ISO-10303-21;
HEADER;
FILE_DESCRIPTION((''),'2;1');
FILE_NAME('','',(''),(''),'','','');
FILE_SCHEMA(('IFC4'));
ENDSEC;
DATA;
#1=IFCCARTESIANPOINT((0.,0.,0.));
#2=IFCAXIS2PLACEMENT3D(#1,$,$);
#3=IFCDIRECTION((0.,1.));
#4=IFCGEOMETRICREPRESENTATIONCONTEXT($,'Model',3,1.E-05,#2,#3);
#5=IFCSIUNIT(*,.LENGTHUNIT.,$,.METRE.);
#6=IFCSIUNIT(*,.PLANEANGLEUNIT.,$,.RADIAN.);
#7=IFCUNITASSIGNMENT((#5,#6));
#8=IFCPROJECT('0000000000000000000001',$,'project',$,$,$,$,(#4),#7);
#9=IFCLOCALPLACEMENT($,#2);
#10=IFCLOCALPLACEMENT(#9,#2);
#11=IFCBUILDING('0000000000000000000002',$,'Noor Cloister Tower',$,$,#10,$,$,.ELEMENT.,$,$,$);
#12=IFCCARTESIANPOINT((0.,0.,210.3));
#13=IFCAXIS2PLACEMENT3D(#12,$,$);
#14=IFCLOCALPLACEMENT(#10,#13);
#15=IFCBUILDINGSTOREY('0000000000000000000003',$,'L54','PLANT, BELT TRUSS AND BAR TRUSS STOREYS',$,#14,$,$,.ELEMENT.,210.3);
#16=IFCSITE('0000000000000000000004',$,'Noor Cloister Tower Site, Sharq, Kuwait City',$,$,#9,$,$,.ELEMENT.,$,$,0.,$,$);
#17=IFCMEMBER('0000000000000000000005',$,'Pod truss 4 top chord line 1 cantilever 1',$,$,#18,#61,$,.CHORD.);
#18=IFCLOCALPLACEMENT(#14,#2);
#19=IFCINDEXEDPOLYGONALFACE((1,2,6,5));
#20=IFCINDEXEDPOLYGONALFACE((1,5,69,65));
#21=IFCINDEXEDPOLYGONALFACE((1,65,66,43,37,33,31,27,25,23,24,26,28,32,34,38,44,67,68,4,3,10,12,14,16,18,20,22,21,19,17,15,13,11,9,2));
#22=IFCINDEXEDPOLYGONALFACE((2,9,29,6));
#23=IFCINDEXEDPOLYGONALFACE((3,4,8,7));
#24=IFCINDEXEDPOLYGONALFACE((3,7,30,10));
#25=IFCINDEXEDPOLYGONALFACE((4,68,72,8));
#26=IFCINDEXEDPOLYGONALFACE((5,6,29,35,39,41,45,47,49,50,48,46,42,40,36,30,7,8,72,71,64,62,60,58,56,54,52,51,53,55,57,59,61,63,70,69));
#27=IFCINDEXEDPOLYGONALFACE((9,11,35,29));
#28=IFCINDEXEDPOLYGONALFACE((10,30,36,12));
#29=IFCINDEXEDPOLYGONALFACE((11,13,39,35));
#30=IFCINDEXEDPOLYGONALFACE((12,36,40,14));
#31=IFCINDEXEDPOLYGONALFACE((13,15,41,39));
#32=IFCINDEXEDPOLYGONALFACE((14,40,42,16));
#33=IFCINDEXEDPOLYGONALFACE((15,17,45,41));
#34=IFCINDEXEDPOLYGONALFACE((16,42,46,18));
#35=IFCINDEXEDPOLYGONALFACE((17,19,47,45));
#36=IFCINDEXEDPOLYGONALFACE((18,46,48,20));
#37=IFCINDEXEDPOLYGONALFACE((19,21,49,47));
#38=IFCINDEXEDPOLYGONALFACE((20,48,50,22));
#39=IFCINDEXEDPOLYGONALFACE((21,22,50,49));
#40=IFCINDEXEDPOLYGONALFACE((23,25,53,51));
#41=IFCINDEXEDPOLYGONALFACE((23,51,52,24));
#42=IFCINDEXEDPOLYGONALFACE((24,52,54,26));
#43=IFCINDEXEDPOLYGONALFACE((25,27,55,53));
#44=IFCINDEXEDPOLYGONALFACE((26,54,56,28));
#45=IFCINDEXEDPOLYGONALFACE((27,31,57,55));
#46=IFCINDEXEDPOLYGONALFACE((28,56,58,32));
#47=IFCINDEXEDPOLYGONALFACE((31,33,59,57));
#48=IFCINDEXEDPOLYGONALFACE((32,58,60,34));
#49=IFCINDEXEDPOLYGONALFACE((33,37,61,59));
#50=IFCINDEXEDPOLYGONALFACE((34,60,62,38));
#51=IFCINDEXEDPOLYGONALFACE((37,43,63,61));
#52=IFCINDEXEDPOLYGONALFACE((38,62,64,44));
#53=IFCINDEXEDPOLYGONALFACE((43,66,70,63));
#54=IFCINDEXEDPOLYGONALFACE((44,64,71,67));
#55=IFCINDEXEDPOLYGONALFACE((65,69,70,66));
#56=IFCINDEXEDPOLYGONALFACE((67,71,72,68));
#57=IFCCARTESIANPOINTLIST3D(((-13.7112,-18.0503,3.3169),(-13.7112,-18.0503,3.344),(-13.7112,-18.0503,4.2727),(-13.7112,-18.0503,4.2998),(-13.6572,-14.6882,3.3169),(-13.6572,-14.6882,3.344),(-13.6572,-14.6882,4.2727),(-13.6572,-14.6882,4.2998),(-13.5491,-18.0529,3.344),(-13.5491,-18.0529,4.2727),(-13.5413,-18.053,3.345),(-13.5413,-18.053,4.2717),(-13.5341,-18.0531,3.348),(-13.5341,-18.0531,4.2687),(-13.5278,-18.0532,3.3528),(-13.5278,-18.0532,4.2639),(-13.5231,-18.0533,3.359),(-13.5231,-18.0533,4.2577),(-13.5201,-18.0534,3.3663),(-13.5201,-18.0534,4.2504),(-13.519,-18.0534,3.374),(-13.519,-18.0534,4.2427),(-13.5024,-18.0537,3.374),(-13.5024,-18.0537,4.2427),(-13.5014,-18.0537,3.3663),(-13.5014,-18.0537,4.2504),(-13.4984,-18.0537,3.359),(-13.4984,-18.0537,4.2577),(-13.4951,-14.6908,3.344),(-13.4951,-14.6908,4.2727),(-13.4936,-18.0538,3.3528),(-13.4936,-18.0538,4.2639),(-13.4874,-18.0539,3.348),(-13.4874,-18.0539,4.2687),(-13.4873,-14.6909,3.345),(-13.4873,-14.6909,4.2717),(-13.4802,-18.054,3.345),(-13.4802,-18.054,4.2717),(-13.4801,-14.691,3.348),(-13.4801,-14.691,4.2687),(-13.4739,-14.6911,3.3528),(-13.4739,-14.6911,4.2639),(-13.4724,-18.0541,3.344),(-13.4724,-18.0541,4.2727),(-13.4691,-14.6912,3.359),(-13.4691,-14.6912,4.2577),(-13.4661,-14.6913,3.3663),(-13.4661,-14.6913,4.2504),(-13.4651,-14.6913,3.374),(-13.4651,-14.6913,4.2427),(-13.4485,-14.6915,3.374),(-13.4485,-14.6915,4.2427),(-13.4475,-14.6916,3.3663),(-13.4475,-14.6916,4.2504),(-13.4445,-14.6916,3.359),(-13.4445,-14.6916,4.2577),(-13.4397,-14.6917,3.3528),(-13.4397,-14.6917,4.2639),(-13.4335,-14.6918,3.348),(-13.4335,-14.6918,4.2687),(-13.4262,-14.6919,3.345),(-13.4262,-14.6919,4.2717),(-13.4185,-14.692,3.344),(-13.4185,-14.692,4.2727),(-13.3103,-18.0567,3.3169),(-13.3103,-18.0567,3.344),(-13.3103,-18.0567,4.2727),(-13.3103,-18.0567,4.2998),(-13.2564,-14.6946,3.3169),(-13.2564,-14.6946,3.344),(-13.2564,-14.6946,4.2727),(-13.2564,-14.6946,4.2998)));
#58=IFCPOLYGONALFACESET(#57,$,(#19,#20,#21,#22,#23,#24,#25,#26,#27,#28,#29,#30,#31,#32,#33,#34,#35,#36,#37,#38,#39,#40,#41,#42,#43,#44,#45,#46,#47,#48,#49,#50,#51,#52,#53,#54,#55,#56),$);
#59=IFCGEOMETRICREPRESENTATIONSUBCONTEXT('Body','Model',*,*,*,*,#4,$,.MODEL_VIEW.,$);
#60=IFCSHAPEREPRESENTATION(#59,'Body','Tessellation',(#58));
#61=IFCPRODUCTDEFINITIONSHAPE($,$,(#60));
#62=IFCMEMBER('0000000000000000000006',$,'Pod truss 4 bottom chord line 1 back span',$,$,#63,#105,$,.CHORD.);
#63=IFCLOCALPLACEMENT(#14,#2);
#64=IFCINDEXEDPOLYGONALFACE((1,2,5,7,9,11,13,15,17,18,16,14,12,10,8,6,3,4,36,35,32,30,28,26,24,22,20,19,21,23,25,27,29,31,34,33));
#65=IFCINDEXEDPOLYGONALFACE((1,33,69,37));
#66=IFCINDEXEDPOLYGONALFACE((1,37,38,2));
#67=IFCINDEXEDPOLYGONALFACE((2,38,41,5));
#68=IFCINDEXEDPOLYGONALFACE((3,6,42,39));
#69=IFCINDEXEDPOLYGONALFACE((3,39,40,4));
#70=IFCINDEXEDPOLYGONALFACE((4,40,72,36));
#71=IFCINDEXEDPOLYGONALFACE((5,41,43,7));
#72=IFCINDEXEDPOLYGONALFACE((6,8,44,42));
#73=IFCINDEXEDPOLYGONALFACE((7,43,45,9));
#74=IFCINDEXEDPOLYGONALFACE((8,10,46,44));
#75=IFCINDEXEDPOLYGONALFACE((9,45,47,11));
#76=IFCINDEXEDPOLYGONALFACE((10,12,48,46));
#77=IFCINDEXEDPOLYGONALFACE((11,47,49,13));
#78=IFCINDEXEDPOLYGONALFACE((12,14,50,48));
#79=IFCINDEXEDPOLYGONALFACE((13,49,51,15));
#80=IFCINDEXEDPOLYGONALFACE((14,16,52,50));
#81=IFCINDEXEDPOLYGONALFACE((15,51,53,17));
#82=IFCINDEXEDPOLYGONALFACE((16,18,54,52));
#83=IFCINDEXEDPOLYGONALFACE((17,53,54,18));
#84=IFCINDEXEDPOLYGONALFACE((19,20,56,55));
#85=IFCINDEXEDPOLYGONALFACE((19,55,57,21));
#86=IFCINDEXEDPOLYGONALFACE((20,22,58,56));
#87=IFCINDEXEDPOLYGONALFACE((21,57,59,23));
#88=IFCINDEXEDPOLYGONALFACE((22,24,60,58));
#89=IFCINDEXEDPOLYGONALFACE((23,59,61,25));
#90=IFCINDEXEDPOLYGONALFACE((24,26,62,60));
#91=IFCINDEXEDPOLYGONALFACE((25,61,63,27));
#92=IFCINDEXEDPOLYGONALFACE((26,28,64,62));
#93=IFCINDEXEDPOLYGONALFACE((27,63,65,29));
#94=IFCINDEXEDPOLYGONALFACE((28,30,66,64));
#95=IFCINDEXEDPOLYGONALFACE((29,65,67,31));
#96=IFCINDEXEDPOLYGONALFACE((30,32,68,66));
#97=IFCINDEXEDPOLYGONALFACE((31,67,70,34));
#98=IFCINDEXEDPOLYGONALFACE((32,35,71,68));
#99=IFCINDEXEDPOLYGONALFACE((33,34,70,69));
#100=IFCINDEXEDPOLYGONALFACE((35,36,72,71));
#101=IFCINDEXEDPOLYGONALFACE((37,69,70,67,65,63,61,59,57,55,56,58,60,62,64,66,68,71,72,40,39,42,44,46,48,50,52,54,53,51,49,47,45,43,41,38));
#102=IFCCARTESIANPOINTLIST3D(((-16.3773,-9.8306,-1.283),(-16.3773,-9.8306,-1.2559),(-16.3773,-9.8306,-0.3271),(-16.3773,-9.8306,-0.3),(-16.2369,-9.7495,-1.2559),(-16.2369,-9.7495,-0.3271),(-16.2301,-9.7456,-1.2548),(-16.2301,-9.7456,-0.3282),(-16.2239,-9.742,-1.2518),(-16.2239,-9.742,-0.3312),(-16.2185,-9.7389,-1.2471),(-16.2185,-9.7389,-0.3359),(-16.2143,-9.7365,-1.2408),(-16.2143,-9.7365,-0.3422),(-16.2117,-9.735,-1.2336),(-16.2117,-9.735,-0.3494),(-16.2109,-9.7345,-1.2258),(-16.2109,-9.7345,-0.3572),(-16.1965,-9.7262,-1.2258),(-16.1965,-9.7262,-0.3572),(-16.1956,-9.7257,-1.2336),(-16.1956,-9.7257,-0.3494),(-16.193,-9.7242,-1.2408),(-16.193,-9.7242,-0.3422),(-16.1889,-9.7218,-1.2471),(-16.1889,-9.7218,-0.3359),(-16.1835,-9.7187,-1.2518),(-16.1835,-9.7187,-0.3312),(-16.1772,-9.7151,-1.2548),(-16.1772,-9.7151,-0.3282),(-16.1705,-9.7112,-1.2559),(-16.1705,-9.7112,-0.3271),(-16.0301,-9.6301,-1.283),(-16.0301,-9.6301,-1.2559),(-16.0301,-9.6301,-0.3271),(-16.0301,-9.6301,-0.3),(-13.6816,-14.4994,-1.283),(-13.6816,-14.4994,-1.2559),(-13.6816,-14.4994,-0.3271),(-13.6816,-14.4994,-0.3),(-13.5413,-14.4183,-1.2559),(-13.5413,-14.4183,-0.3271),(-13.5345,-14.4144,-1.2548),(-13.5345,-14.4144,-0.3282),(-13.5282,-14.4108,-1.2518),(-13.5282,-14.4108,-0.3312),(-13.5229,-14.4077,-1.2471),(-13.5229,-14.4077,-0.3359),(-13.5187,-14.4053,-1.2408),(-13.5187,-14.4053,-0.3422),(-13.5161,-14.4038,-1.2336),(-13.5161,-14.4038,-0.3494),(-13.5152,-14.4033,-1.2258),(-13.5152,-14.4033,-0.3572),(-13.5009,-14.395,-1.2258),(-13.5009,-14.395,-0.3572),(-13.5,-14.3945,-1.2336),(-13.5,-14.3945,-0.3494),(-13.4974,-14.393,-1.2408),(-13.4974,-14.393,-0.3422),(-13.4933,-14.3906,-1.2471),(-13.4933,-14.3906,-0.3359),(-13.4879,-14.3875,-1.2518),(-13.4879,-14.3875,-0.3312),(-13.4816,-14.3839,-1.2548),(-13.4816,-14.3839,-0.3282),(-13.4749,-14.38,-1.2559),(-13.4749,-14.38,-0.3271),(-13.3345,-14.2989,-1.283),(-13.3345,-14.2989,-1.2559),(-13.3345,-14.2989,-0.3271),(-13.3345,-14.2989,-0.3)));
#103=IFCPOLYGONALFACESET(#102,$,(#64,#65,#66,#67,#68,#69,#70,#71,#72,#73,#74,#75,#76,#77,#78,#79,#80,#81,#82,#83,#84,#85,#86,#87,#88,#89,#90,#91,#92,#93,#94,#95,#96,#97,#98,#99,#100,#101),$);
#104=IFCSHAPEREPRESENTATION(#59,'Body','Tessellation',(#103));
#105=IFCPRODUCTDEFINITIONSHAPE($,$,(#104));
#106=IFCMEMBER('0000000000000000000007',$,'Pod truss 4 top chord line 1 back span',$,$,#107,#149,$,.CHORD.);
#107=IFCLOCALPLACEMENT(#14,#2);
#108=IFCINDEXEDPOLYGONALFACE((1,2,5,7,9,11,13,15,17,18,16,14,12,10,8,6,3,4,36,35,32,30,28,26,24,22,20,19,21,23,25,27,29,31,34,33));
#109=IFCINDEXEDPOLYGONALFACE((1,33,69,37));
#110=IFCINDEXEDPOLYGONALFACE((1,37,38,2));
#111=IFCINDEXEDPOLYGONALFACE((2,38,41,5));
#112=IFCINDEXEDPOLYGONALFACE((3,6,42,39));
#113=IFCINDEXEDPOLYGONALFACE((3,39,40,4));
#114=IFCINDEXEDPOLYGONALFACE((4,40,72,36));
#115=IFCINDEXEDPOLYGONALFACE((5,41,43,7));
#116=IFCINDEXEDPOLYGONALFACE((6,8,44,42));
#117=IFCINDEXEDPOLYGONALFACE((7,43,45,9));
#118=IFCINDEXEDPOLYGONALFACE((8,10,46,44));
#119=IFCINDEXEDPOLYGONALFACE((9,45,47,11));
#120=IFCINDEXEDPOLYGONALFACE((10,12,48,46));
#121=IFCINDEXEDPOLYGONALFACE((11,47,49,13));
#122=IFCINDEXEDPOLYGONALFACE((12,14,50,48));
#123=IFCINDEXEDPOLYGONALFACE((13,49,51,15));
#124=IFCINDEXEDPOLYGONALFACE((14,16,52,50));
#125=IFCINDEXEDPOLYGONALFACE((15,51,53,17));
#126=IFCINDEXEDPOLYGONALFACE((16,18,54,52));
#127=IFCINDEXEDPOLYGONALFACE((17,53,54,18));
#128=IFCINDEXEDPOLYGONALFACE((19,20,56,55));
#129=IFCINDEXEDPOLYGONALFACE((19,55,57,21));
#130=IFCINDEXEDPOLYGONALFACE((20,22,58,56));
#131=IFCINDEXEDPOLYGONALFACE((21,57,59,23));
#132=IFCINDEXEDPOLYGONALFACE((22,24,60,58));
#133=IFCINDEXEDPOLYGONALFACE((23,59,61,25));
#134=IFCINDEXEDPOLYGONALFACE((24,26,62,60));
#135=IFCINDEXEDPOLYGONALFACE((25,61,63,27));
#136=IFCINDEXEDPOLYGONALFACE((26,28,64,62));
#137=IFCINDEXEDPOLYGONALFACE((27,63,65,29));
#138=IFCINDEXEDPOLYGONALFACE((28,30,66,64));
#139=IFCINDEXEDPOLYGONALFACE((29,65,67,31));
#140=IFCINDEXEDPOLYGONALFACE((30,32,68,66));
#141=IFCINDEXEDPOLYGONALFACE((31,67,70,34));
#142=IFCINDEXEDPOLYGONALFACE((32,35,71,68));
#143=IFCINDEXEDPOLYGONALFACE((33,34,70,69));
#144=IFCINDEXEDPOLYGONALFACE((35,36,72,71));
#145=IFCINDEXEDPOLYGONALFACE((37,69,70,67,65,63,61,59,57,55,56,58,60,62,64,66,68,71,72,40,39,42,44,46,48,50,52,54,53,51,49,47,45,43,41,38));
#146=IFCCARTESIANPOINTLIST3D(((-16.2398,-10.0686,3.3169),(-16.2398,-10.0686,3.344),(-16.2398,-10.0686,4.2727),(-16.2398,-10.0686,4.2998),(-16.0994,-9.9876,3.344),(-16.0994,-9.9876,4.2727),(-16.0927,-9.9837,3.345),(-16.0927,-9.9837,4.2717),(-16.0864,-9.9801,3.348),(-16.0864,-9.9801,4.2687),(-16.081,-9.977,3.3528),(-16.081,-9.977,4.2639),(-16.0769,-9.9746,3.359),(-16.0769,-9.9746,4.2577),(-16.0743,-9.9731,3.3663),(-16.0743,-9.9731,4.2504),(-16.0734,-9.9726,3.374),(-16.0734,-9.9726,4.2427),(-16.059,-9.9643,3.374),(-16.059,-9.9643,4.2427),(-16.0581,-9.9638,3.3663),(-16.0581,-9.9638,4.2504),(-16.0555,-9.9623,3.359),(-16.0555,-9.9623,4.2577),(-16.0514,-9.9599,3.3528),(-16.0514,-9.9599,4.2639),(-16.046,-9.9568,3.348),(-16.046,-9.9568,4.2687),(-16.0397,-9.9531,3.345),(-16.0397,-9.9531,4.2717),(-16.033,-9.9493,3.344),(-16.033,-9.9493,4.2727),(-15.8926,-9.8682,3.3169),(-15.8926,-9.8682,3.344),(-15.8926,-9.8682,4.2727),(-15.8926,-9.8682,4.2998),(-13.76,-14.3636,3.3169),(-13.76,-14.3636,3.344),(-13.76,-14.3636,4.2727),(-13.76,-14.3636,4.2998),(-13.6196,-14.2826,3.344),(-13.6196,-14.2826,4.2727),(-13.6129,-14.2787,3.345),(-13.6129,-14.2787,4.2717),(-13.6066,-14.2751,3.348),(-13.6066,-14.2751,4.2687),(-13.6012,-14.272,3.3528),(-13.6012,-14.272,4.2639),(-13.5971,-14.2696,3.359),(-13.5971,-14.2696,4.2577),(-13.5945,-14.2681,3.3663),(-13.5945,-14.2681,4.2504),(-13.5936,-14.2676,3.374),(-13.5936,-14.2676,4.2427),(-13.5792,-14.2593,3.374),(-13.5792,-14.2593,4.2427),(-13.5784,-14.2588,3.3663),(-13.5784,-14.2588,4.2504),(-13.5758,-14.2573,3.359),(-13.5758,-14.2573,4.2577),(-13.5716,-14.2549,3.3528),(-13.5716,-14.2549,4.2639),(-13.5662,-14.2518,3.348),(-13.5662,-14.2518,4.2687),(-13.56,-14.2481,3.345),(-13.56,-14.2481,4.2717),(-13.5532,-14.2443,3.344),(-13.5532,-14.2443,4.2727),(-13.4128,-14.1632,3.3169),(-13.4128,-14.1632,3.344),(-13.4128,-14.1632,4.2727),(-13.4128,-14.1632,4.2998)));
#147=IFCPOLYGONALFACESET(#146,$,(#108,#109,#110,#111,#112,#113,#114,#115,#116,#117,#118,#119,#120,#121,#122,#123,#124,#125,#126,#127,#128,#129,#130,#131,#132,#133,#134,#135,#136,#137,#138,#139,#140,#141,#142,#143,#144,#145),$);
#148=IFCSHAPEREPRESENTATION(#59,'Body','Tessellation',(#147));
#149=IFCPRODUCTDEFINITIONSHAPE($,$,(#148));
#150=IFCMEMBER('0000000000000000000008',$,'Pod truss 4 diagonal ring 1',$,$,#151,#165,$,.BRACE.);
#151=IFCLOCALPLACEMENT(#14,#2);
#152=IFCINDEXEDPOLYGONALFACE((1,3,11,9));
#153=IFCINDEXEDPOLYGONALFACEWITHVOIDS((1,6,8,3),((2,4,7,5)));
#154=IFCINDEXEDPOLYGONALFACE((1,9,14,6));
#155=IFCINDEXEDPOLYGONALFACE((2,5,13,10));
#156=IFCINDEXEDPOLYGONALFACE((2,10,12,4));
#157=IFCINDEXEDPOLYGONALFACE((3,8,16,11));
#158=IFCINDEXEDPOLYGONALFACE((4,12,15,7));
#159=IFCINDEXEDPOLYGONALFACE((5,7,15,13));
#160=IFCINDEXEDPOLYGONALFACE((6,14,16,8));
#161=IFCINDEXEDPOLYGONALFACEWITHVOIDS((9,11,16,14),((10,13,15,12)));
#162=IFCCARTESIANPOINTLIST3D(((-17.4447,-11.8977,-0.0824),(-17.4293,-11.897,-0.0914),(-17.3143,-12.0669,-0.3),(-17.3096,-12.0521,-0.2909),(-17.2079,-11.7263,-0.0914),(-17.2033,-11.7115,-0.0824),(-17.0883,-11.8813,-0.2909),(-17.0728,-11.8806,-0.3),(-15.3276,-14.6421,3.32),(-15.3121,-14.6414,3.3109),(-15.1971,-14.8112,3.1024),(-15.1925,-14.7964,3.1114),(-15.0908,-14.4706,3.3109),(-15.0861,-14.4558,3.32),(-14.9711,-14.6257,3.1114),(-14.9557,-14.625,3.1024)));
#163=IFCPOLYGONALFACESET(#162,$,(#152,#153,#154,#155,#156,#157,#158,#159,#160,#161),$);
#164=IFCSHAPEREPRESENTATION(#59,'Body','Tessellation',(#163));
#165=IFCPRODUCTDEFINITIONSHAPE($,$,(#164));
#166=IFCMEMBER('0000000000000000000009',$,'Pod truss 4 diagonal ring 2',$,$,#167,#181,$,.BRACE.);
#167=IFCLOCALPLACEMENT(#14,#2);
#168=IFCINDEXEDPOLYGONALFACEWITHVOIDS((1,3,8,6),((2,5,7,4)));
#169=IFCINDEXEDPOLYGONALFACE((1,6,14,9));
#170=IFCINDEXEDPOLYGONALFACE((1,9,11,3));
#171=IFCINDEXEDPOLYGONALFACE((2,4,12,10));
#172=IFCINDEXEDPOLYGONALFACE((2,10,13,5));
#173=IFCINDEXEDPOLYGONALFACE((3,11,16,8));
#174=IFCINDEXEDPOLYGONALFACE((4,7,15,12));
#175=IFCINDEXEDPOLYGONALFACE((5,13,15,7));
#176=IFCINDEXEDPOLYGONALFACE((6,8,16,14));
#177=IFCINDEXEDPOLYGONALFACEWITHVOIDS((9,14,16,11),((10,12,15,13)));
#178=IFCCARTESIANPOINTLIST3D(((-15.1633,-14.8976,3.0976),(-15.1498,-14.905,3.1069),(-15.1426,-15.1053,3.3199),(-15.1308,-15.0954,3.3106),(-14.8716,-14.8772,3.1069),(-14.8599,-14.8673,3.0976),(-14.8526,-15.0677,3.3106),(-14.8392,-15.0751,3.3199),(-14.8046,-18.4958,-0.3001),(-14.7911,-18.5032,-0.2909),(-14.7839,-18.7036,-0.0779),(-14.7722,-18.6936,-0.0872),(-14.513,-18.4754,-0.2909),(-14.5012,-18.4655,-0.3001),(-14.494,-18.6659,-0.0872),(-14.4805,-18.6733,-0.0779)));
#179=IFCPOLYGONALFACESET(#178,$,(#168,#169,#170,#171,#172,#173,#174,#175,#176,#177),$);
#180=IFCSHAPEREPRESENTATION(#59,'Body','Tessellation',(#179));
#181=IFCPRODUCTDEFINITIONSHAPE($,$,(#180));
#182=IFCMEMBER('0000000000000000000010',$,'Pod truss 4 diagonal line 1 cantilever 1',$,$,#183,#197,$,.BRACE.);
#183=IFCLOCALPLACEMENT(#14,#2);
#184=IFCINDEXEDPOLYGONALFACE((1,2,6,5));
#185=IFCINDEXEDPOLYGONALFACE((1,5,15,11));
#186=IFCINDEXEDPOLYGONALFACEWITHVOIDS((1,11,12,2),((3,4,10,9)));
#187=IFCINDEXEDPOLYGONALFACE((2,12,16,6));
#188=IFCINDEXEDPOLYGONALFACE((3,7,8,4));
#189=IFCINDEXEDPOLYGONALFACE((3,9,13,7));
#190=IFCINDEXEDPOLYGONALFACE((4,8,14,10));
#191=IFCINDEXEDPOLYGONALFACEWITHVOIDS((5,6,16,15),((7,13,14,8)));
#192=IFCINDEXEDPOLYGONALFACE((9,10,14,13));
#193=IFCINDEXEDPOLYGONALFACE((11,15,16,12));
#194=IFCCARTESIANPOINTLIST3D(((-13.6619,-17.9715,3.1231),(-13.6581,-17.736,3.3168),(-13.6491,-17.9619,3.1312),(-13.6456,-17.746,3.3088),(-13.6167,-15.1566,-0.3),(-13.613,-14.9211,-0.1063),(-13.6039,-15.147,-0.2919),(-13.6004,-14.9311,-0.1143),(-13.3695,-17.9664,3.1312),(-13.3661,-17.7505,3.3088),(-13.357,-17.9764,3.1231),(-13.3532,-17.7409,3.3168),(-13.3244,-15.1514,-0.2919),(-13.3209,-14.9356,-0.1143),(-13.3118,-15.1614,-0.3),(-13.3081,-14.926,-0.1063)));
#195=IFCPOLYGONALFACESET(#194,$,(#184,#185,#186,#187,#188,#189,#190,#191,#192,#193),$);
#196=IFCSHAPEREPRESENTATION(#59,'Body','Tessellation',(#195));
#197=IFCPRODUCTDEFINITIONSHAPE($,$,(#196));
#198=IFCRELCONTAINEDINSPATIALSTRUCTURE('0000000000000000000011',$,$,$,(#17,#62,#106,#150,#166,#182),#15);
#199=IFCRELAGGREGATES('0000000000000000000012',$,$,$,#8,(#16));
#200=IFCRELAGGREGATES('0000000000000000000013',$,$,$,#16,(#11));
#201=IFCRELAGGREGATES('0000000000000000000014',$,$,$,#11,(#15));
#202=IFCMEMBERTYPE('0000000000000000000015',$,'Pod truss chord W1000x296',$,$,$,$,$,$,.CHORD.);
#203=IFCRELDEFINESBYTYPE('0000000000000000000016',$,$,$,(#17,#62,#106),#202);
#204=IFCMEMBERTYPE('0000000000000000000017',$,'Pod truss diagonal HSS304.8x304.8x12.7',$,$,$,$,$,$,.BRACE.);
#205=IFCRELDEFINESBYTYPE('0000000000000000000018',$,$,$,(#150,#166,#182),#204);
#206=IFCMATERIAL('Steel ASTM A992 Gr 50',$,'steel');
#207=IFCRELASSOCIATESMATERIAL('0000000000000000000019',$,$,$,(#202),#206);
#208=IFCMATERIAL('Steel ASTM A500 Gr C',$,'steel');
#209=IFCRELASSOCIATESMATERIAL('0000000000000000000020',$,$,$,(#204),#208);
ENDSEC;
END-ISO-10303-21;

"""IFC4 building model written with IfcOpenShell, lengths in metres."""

from ifc_helpers import new_model, si_unit, direction, frame, origin, origin_2d, place, context, subcontext, project, spatial, hollow_rectangle, i_section, extrude, material, material_profile, profile_set, type_object, element, save


model = new_model("IFC4")

# Units and contexts
model_context = context("Model", 3, precision=1e-05, world=origin(), true_north=direction((0.0, 1.0)))
body_context = subcontext(model_context, "Body", "Model", "MODEL_VIEW")
ifc_project = project(units=[si_unit("LENGTHUNIT", "METRE"), si_unit("PLANEANGLEUNIT", "RADIAN")], contexts=[model_context])

# Site, building, storey
site_placement = place(None, origin())
site = spatial("IfcSite", under=ifc_project, at=site_placement, Name="Noor Cloister Tower Site, Sharq, Kuwait City", CompositionType="ELEMENT", RefElevation=0.0)
building_placement = place(site_placement, origin())
building = spatial("IfcBuilding", under=site, at=building_placement, Name="Noor Cloister Tower", CompositionType="ELEMENT")
storey_placement = place(building_placement, frame((0.0, 0.0, 210.3)))
storey = spatial("IfcBuildingStorey", under=building, at=storey_placement, Name="L54", Description="PLANT, BELT TRUSS AND BAR TRUSS STOREYS", CompositionType="ELEMENT", Elevation=210.3)

# Members
ifc_material_1 = material(Name="Steel ASTM A992 Gr 50", Category="steel")
ifc_material_profile_1 = material_profile(ifc_material_1, i_section(OverallWidth=0.4009, OverallDepth=0.9829, WebThickness=0.0166, FlangeThickness=0.0271, FilletRadius=0.03, at=origin_2d()), Name="W1000x296")
ifc_profile_set_1 = profile_set([ifc_material_profile_1], Name="Steel ASTM A992 Gr 50")
member_type_1 = type_object("IfcMemberType", Name="Pod truss chord W1000x296", PredefinedType="CHORD", material=ifc_profile_set_1)
member_1_placement = place(storey_placement, frame((-13.4568, -14.6914, 3.8083), z_axis=(-0.016046, -0.999871, 0.0), x_axis=(0.999871, -0.016046, 0.0)))
element("IfcMember", 1, at=member_1_placement, inside=storey, type_object=member_type_1, Name="Pod truss 4 top chord line 1 cantilever 1", PredefinedType="CHORD", context=body_context, shape_type="SweptSolid", body=[
    extrude(i_section(OverallWidth=0.4009, OverallDepth=0.9829, WebThickness=0.0166, FlangeThickness=0.0271, FilletRadius=0.03, at=origin_2d()), origin(), (0.0, 0.0, 1.0), 3.3625),
])
member_2_placement = place(storey_placement, frame((-13.5081, -14.3992, -0.7915), z_axis=(-0.500011, 0.866019, 0.0), x_axis=(-0.866019, -0.500011, 0.0)))
element("IfcMember", 2, at=member_2_placement, inside=storey, type_object=member_type_1, Name="Pod truss 4 bottom chord line 1 back span", PredefinedType="CHORD", context=body_context, shape_type="SweptSolid", body=[
    extrude(i_section(OverallWidth=0.4009, OverallDepth=0.9829, WebThickness=0.0166, FlangeThickness=0.0271, FilletRadius=0.03, at=origin_2d()), origin(), (0.0, 0.0, 1.0), 5.3911),
])
member_3_placement = place(storey_placement, frame((-13.5864, -14.2634, 3.8083), z_axis=(-0.500009, 0.86602, 0.0), x_axis=(-0.86602, -0.500009, 0.0)))
element("IfcMember", 3, at=member_3_placement, inside=storey, type_object=member_type_1, Name="Pod truss 4 top chord line 1 back span", PredefinedType="CHORD", context=body_context, shape_type="SweptSolid", body=[
    extrude(i_section(OverallWidth=0.4009, OverallDepth=0.9829, WebThickness=0.0166, FlangeThickness=0.0271, FilletRadius=0.03, at=origin_2d()), origin(), (0.0, 0.0, 1.0), 4.9595),
])
ifc_material_2 = material(Name="Steel ASTM A500 Gr C", Category="steel")
ifc_material_profile_2 = material_profile(ifc_material_2, hollow_rectangle(XDim=0.3049, YDim=0.3049, WallThickness=0.0127, at=origin_2d()), Name="HSS304.8x304.8x12.7")
ifc_profile_set_2 = profile_set([ifc_material_profile_2], Name="Steel ASTM A500 Gr C")
member_type_2 = type_object("IfcMemberType", Name="Pod truss diagonal HSS304.8x304.8x12.7", PredefinedType="BRACE", material=ifc_profile_set_2)
member_4_placement = place(storey_placement, frame((-17.2588, -11.8892, -0.1912), z_axis=(0.435908, -0.565042, 0.700509), x_axis=(0.79177, 0.61082, 0.0)))
element("IfcMember", 4, at=member_4_placement, inside=storey, type_object=member_type_2, Name="Pod truss 4 diagonal ring 1", PredefinedType="BRACE", context=body_context, shape_type="SweptSolid", body=[
    extrude(hollow_rectangle(XDim=0.3049, YDim=0.3049, WallThickness=0.0127, at=origin_2d()), origin(), (0.0, 0.0, 1.0), 4.8569),
])
member_5_placement = place(storey_placement, frame((-15.0012, -14.9863, 3.2087), z_axis=(0.07228, -0.725166, -0.68477), x_axis=(0.995069, 0.099183, 0.0)))
element("IfcMember", 5, at=member_5_placement, inside=storey, type_object=member_type_2, Name="Pod truss 4 diagonal ring 2", PredefinedType="BRACE", context=body_context, shape_type="SweptSolid", body=[
    extrude(hollow_rectangle(XDim=0.3049, YDim=0.3049, WallThickness=0.0127, at=origin_2d()), origin(), (0.0, 0.0, 1.0), 4.9619),
])
member_6_placement = place(storey_placement, frame((-13.4624, -15.0413, -0.2031), z_axis=(-0.010191, -0.635126, 0.772342), x_axis=(0.999871, -0.016043, 0.0)))
element("IfcMember", 6, at=member_6_placement, inside=storey, type_object=member_type_2, Name="Pod truss 4 diagonal line 1 cantilever 1", PredefinedType="BRACE", context=body_context, shape_type="SweptSolid", body=[
    extrude(hollow_rectangle(XDim=0.3049, YDim=0.3049, WallThickness=0.0127, at=origin_2d()), origin(), (0.0, 0.0, 1.0), 4.4321),
])

save(model, "model.ifc")
